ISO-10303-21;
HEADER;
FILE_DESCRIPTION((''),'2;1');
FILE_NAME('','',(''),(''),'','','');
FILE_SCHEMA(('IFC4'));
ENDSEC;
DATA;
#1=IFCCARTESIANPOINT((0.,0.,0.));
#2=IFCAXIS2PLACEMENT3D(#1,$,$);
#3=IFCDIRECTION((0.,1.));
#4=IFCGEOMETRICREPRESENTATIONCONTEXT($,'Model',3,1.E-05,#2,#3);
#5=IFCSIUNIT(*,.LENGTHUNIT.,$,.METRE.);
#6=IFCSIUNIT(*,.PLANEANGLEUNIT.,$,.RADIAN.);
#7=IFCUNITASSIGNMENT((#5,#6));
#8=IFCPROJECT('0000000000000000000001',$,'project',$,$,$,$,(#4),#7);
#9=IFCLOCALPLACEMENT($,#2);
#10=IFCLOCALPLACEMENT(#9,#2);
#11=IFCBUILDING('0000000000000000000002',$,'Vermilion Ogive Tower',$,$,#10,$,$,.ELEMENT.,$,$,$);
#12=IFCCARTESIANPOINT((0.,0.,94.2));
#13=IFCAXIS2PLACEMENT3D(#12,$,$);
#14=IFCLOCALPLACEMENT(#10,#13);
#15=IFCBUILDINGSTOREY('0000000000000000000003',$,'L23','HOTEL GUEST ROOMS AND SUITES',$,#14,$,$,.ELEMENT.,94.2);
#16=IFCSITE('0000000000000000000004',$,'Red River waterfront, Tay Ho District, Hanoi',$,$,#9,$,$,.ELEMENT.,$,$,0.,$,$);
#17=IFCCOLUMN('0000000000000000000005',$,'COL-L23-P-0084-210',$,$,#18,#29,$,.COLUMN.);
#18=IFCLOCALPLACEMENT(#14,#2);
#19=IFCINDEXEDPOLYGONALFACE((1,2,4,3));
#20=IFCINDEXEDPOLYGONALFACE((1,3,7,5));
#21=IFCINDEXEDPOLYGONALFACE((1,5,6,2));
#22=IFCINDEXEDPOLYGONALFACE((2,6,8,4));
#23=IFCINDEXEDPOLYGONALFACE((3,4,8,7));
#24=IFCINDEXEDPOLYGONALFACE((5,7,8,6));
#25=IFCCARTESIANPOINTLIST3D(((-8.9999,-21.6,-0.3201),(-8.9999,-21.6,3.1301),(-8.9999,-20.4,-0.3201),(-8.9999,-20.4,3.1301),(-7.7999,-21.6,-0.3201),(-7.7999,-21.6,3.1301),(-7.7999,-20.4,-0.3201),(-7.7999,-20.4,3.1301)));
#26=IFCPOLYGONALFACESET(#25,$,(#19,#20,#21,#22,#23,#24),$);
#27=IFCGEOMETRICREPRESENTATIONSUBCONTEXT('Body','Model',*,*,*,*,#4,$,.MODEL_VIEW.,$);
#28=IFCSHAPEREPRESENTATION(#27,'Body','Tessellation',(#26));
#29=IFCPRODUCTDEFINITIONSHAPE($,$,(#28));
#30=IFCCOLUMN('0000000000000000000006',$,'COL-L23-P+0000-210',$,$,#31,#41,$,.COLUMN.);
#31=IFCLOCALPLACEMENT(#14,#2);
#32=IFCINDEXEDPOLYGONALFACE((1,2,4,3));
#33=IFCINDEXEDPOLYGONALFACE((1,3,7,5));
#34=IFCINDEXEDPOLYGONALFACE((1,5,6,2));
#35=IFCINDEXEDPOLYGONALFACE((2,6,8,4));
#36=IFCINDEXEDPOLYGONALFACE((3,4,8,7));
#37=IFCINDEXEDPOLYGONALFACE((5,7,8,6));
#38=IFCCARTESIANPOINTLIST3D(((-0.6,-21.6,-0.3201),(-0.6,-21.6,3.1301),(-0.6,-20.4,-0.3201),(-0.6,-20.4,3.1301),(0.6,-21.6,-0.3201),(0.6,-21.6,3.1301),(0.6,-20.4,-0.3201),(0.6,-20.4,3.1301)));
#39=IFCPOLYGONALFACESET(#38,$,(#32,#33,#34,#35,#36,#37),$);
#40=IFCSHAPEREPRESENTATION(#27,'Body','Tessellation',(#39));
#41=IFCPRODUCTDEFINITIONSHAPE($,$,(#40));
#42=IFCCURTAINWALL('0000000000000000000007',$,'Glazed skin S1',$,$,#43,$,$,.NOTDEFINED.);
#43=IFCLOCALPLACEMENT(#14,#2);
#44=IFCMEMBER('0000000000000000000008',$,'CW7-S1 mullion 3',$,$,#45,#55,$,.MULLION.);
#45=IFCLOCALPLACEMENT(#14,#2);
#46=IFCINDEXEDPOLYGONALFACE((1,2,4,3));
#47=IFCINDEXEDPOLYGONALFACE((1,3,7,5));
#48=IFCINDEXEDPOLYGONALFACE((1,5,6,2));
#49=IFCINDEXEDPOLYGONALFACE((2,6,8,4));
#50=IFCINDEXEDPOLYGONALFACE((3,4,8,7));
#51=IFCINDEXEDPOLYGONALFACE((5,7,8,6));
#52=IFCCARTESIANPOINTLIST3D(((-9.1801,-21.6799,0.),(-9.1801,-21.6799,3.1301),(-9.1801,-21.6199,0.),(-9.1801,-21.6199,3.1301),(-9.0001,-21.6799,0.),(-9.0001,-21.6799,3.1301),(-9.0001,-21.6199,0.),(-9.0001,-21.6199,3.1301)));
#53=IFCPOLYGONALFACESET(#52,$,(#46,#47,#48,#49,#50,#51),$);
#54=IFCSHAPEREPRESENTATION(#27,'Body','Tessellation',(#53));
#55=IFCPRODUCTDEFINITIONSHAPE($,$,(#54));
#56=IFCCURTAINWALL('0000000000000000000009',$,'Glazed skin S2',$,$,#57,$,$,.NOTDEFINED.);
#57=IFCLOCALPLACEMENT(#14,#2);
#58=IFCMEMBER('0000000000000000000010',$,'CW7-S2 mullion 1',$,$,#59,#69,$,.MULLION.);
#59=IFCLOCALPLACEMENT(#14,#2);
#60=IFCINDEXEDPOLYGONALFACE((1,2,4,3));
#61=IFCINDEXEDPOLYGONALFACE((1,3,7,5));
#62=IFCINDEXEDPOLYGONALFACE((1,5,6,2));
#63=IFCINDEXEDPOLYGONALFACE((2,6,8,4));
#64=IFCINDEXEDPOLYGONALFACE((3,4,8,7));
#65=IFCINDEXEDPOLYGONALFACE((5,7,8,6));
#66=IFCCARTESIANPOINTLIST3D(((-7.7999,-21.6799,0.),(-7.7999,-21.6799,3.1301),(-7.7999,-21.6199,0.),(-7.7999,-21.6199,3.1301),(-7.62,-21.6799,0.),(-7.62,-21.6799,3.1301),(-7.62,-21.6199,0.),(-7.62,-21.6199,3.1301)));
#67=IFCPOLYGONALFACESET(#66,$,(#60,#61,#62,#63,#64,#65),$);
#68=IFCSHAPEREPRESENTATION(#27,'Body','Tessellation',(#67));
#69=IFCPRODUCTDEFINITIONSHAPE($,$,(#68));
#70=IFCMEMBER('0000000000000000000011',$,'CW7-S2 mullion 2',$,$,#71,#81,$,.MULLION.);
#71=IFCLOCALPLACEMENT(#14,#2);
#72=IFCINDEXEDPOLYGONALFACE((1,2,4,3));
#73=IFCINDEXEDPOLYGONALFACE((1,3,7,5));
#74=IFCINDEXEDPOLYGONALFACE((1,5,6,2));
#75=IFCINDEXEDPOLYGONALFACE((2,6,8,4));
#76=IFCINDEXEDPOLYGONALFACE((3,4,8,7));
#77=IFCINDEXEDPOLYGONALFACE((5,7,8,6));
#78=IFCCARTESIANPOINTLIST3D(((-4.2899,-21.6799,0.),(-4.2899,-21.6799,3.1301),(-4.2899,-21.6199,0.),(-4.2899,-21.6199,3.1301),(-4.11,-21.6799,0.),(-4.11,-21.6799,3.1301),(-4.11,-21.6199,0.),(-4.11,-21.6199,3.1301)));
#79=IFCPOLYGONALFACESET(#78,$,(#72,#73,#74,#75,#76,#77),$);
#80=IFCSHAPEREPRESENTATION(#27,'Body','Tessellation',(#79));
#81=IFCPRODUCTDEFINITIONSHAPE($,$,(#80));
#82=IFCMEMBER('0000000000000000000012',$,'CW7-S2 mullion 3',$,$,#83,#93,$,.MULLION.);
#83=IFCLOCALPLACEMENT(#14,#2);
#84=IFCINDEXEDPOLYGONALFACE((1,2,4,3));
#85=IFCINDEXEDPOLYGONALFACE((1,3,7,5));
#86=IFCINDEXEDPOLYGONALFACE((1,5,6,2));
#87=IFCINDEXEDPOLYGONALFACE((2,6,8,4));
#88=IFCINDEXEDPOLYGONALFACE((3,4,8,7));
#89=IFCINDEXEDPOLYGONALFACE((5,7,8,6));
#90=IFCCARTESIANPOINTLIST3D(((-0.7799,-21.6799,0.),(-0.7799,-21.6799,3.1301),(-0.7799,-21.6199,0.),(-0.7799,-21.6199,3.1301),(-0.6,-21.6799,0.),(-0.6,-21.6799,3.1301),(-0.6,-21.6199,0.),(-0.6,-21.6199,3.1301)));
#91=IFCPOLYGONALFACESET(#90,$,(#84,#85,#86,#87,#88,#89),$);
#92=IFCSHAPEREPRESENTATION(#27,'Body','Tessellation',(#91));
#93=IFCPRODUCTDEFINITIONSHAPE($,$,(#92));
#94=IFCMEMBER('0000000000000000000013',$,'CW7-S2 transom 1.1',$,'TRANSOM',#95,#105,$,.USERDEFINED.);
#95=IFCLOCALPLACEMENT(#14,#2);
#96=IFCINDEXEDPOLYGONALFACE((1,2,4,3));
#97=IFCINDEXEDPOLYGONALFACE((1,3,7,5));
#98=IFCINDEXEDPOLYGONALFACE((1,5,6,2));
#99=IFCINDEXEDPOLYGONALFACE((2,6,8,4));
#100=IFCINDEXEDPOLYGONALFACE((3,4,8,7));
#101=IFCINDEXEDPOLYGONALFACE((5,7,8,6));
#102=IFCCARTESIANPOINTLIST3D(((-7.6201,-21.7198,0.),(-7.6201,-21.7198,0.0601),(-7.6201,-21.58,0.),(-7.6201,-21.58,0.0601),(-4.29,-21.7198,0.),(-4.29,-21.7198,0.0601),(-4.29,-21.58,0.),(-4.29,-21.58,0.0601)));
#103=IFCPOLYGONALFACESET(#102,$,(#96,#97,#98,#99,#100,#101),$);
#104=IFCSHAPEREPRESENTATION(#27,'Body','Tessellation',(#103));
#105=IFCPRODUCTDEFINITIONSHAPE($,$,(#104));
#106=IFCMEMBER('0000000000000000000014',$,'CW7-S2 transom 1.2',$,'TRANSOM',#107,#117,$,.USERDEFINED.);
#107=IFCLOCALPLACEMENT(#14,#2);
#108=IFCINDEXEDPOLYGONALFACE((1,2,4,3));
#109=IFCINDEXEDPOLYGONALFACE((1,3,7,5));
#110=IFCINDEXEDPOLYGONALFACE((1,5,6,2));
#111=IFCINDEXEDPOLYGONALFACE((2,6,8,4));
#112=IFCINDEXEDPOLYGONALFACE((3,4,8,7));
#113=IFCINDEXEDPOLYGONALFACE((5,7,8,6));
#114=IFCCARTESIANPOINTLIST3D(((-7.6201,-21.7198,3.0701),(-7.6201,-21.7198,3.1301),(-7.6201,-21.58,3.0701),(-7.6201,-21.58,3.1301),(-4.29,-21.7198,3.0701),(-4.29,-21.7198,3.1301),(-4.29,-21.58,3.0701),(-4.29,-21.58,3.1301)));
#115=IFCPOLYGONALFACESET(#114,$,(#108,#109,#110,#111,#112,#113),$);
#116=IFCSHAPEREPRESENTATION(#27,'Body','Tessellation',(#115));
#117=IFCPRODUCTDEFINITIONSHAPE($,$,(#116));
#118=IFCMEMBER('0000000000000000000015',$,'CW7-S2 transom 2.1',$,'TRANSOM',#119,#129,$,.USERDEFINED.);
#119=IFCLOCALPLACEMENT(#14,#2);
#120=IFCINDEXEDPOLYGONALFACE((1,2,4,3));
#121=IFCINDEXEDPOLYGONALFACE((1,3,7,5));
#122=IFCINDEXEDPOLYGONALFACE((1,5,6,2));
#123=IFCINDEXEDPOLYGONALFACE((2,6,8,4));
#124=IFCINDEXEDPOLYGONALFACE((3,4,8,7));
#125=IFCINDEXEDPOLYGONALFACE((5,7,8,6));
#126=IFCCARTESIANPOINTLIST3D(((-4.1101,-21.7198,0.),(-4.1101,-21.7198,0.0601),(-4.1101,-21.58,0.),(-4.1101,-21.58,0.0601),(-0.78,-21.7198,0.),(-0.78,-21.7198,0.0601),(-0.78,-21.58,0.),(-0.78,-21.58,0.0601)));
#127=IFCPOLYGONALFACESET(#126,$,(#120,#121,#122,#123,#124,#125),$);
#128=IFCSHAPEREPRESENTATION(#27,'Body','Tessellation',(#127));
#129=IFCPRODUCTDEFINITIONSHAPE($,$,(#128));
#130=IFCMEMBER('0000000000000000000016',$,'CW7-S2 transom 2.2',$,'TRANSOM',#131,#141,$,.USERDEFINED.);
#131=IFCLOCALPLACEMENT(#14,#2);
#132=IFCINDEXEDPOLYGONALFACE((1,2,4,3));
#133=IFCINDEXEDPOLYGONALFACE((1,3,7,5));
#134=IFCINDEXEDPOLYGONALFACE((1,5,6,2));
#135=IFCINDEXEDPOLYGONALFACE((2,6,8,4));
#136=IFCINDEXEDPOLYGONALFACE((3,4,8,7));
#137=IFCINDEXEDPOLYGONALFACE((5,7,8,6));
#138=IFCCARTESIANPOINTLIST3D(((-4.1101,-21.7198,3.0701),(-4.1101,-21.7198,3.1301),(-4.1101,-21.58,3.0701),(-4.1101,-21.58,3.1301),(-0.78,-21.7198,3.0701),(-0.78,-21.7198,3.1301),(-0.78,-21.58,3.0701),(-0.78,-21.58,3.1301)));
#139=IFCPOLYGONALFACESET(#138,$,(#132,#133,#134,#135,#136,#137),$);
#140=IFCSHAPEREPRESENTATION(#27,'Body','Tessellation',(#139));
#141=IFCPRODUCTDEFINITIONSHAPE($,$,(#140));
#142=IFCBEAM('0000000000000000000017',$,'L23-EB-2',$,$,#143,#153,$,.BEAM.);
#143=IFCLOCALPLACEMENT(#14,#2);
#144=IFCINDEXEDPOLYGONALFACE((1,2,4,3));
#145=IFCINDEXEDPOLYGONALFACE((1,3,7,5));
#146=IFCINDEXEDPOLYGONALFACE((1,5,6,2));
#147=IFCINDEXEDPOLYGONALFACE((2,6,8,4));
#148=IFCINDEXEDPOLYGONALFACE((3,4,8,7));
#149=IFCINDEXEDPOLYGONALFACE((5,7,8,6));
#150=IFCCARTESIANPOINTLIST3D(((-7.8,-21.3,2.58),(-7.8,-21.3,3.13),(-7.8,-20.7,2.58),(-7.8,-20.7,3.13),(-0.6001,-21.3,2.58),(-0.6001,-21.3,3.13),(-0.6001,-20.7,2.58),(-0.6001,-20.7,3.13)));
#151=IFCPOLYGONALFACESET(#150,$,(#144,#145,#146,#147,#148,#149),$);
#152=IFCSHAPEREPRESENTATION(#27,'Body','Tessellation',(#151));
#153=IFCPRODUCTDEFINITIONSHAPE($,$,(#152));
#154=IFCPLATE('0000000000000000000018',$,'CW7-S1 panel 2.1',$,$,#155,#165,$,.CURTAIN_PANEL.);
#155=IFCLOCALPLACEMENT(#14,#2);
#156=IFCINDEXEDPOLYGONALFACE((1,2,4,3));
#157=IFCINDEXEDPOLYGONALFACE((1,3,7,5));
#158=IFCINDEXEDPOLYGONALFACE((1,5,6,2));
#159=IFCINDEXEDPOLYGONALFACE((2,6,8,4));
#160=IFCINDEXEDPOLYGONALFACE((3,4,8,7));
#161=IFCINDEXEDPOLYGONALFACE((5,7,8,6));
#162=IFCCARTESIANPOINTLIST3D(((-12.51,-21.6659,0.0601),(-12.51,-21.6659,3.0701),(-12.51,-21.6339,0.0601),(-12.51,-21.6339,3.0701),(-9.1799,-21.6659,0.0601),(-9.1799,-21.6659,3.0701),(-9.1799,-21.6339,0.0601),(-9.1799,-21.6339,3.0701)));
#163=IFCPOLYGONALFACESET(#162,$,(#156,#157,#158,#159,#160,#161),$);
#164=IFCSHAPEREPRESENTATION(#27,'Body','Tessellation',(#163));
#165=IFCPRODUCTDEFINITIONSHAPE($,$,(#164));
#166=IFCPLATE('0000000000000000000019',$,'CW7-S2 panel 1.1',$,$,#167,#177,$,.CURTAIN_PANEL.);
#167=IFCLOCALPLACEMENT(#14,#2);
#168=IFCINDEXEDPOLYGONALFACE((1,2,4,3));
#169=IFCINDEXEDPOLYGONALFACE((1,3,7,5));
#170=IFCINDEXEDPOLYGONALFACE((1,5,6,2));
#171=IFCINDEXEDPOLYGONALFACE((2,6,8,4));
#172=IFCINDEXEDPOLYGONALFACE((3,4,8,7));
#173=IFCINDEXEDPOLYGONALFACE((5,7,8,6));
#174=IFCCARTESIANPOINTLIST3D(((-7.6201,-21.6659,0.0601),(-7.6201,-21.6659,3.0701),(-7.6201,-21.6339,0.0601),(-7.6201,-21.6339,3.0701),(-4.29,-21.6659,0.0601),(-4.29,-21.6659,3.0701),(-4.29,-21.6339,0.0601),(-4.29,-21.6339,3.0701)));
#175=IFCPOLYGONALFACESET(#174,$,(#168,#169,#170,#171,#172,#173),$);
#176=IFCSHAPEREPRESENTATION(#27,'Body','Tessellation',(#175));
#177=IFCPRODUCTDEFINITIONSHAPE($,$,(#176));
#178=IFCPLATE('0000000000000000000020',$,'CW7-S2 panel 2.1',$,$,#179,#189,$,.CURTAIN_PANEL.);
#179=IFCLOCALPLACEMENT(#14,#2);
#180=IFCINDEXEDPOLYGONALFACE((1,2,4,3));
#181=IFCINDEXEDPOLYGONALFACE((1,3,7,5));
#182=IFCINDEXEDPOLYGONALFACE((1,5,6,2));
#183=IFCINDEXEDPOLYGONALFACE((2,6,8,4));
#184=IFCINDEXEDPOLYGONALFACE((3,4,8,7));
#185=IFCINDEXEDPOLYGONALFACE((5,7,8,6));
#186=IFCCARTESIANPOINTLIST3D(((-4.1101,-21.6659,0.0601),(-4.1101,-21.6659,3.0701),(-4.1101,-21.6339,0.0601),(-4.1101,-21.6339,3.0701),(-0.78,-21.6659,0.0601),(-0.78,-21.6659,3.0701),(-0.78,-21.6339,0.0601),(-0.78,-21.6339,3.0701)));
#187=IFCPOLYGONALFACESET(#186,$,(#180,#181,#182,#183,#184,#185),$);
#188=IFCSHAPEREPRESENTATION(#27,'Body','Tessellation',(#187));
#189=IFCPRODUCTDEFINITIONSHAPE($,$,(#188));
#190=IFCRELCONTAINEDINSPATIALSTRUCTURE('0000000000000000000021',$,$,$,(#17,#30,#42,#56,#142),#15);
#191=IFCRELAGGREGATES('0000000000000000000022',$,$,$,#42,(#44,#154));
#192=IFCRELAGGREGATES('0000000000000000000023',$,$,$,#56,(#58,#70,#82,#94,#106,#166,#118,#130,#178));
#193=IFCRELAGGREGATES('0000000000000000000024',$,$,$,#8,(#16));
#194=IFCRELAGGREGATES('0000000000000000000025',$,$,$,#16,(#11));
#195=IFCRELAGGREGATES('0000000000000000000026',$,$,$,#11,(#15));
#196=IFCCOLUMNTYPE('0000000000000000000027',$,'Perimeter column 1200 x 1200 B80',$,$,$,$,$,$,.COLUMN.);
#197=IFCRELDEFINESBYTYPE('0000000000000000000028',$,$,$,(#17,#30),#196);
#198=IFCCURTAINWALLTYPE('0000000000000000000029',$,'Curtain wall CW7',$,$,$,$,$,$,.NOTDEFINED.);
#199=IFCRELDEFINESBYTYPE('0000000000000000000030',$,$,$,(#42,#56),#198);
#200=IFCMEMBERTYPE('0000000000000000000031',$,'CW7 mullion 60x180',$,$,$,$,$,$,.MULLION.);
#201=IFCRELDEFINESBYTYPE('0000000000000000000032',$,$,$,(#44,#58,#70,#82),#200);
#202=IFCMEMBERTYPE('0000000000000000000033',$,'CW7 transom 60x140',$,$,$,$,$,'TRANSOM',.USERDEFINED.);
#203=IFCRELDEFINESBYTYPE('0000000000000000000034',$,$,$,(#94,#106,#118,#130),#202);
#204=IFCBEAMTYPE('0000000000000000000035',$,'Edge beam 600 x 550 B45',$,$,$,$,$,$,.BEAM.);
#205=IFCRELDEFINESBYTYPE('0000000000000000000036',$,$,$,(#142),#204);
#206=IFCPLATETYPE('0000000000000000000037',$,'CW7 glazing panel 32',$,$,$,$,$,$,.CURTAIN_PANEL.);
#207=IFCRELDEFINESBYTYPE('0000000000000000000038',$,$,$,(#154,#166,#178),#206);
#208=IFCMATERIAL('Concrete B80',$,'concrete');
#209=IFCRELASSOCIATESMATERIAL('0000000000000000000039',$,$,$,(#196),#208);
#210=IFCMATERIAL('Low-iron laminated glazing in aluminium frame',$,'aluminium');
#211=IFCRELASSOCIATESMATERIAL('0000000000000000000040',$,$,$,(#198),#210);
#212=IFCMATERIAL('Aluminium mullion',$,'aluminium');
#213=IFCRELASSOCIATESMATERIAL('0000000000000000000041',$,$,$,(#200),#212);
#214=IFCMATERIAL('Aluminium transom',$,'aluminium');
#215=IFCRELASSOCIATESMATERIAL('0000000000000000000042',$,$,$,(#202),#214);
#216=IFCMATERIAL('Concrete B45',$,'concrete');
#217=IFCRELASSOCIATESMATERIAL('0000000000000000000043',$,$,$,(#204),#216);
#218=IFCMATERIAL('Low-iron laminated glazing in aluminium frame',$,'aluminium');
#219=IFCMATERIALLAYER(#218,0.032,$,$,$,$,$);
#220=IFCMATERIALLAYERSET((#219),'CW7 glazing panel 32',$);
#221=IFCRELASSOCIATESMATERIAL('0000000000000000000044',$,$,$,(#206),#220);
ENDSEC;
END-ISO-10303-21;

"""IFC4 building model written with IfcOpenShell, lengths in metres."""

from ifc_helpers import new_model, si_unit, direction, frame, origin, origin_2d, place, context, subcontext, project, spatial, rectangle, extrude, material, layer, layer_set, material_profile, profile_set, type_object, element, aggregate, save


model = new_model("IFC4")

# Units and contexts
model_context = context("Model", 3, precision=1e-05, world=origin(), true_north=direction((0.0, 1.0)))
body_context = subcontext(model_context, "Body", "Model", "MODEL_VIEW")
ifc_project = project(units=[si_unit("LENGTHUNIT", "METRE"), si_unit("PLANEANGLEUNIT", "RADIAN")], contexts=[model_context])

# Site, building, storey
site_placement = place(None, origin())
site = spatial("IfcSite", under=ifc_project, at=site_placement, Name="Red River waterfront, Tay Ho District, Hanoi", CompositionType="ELEMENT", RefElevation=0.0)
building_placement = place(site_placement, origin())
building = spatial("IfcBuilding", under=site, at=building_placement, Name="Vermilion Ogive Tower", CompositionType="ELEMENT")
storey_placement = place(building_placement, frame((0.0, 0.0, 94.2)))
storey = spatial("IfcBuildingStorey", under=building, at=storey_placement, Name="L23", Description="HOTEL GUEST ROOMS AND SUITES", CompositionType="ELEMENT", Elevation=94.2)

# Columns
ifc_material_1 = material(Name="Concrete B80", Category="concrete")
ifc_material_profile_1 = material_profile(ifc_material_1, rectangle(XDim=1.2, YDim=1.2, at=origin_2d()), Name="1200 x 1200")
ifc_profile_set_1 = profile_set([ifc_material_profile_1], Name="Concrete B80")
column_type = type_object("IfcColumnType", Name="Perimeter column 1200 x 1200 B80", PredefinedType="COLUMN", material=ifc_profile_set_1)
for number, where, z_axis, x_axis, name in (
    (1, (-8.3999, -21.0, -0.3201), (0.0, 0.0, 1.0), (1.0, 0.0, 0.0), "COL-L23-P-0084-210"),
    (2, (0.0, -21.0, -0.3201), (0.0, 0.0, 1.0), (1.0, 0.0, 0.0), "COL-L23-P+0000-210"),
):
    element("IfcColumn", number, at=place(storey_placement, frame(where, z_axis=z_axis, x_axis=x_axis)), inside=storey, type_object=column_type, Name=name, PredefinedType="COLUMN", context=body_context, shape_type="SweptSolid", body=[
        extrude(rectangle(XDim=1.2, YDim=1.2, at=origin_2d()), origin(), (0.0, 0.0, 1.0), 3.4502),
    ])

# Curtain wall, member
ifc_material_2 = material(Name="Low-iron laminated glazing in aluminium frame", Category="aluminium")
curtain_wall_type = type_object("IfcCurtainWallType", Name="Curtain wall CW7", PredefinedType="NOTDEFINED", material=ifc_material_2)
curtain_wall_1_placement = place(storey_placement, origin())
curtain_wall_1 = element("IfcCurtainWall", 3, at=curtain_wall_1_placement, inside=storey, type_object=curtain_wall_type, Name="Glazed skin S1", PredefinedType="NOTDEFINED")
ifc_material_3 = material(Name="Aluminium mullion", Category="aluminium")
ifc_material_profile_2 = material_profile(ifc_material_3, rectangle(XDim=0.0601, YDim=0.1799, at=origin_2d()), Name="AL 60x180")
ifc_profile_set_2 = profile_set([ifc_material_profile_2], Name="Aluminium mullion")
member_type_1 = type_object("IfcMemberType", Name="CW7 mullion 60x180", PredefinedType="MULLION", material=ifc_profile_set_2)
member_1_placement = place(storey_placement, frame((-9.0901, -21.6499, 0.0), z_axis=(0.0, 0.0, 1.0), x_axis=(0.0, 1.0, 0.0)))
member_1 = element("IfcMember", 4, at=member_1_placement, type_object=member_type_1, Name="CW7-S1 mullion 3", PredefinedType="MULLION", context=body_context, shape_type="SweptSolid", body=[
    extrude(rectangle(XDim=0.0601, YDim=0.1799, at=origin_2d()), origin(), (0.0, 0.0, 1.0), 3.1301),
])

# Curtain wall, members
curtain_wall_2_placement = place(storey_placement, origin())
curtain_wall_2 = element("IfcCurtainWall", 5, at=curtain_wall_2_placement, inside=storey, type_object=curtain_wall_type, Name="Glazed skin S2", PredefinedType="NOTDEFINED")
member_2_placement = place(storey_placement, frame((-7.71, -21.6499, 0.0), z_axis=(0.0, 0.0, 1.0), x_axis=(0.0, 1.0, 0.0)))
member_2 = element("IfcMember", 6, at=member_2_placement, type_object=member_type_1, Name="CW7-S2 mullion 1", PredefinedType="MULLION", context=body_context, shape_type="SweptSolid", body=[
    extrude(rectangle(XDim=0.0601, YDim=0.1799, at=origin_2d()), origin(), (0.0, 0.0, 1.0), 3.1301),
])
member_3_placement = place(storey_placement, frame((-4.2, -21.6499, 0.0), z_axis=(0.0, 0.0, 1.0), x_axis=(0.0, 1.0, 0.0)))
member_3 = element("IfcMember", 7, at=member_3_placement, type_object=member_type_1, Name="CW7-S2 mullion 2", PredefinedType="MULLION", context=body_context, shape_type="SweptSolid", body=[
    extrude(rectangle(XDim=0.0601, YDim=0.1799, at=origin_2d()), origin(), (0.0, 0.0, 1.0), 3.1301),
])
member_4_placement = place(storey_placement, frame((-0.6899, -21.6499, 0.0), z_axis=(0.0, 0.0, 1.0), x_axis=(0.0, 1.0, 0.0)))
member_4 = element("IfcMember", 8, at=member_4_placement, type_object=member_type_1, Name="CW7-S2 mullion 3", PredefinedType="MULLION", context=body_context, shape_type="SweptSolid", body=[
    extrude(rectangle(XDim=0.0601, YDim=0.1799, at=origin_2d()), origin(), (0.0, 0.0, 1.0), 3.1301),
])
ifc_material_4 = material(Name="Aluminium transom", Category="aluminium")
ifc_material_profile_3 = material_profile(ifc_material_4, rectangle(XDim=0.1399, YDim=0.0601, at=origin_2d()), Name="AL 60x140")
ifc_profile_set_3 = profile_set([ifc_material_profile_3], Name="Aluminium transom")
member_type_2 = type_object("IfcMemberType", Name="CW7 transom 60x140", ElementType="TRANSOM", PredefinedType="USERDEFINED", material=ifc_profile_set_3)
member_5_placement = place(storey_placement, frame((-7.6201, -21.6499, 0.03), z_axis=(1.0, 0.0, 0.0), x_axis=(0.0, 1.0, 0.0)))
member_5 = element("IfcMember", 9, at=member_5_placement, type_object=member_type_2, Name="CW7-S2 transom 1.1", ObjectType="TRANSOM", PredefinedType="USERDEFINED", context=body_context, shape_type="SweptSolid", body=[
    extrude(rectangle(XDim=0.1399, YDim=0.0601, at=origin_2d()), origin(), (0.0, 0.0, 1.0), 3.3301),
])
member_6_placement = place(storey_placement, frame((-7.6201, -21.6499, 3.1001), z_axis=(1.0, 0.0, 0.0), x_axis=(0.0, 1.0, 0.0)))
member_6 = element("IfcMember", 10, at=member_6_placement, type_object=member_type_2, Name="CW7-S2 transom 1.2", ObjectType="TRANSOM", PredefinedType="USERDEFINED", context=body_context, shape_type="SweptSolid", body=[
    extrude(rectangle(XDim=0.1399, YDim=0.0601, at=origin_2d()), origin(), (0.0, 0.0, 1.0), 3.3301),
])
member_7_placement = place(storey_placement, frame((-4.1101, -21.6499, 0.03), z_axis=(1.0, 0.0, 0.0), x_axis=(0.0, 1.0, 0.0)))
member_7 = element("IfcMember", 11, at=member_7_placement, type_object=member_type_2, Name="CW7-S2 transom 2.1", ObjectType="TRANSOM", PredefinedType="USERDEFINED", context=body_context, shape_type="SweptSolid", body=[
    extrude(rectangle(XDim=0.1399, YDim=0.0601, at=origin_2d()), origin(), (0.0, 0.0, 1.0), 3.3301),
])
member_8_placement = place(storey_placement, frame((-4.1101, -21.6499, 3.1001), z_axis=(1.0, 0.0, 0.0), x_axis=(0.0, 1.0, 0.0)))
member_8 = element("IfcMember", 12, at=member_8_placement, type_object=member_type_2, Name="CW7-S2 transom 2.2", ObjectType="TRANSOM", PredefinedType="USERDEFINED", context=body_context, shape_type="SweptSolid", body=[
    extrude(rectangle(XDim=0.1399, YDim=0.0601, at=origin_2d()), origin(), (0.0, 0.0, 1.0), 3.3301),
])

# Beam
ifc_material_5 = material(Name="Concrete B45", Category="concrete")
ifc_material_profile_4 = material_profile(ifc_material_5, rectangle(XDim=0.6001, YDim=0.55, at=origin_2d()), Name="600 x 550")
ifc_profile_set_4 = profile_set([ifc_material_profile_4], Name="Concrete B45")
beam_type = type_object("IfcBeamType", Name="Edge beam 600 x 550 B45", PredefinedType="BEAM", material=ifc_profile_set_4)
beam_placement = place(storey_placement, frame((-7.8, -21.0, 2.855), z_axis=(1.0, 0.0, 0.0), x_axis=(0.0, 1.0, 0.0)))
element("IfcBeam", 13, at=beam_placement, inside=storey, type_object=beam_type, Name="L23-EB-2", PredefinedType="BEAM", context=body_context, shape_type="SweptSolid", body=[
    extrude(rectangle(XDim=0.6001, YDim=0.55, at=origin_2d()), origin(), (0.0, 0.0, 1.0), 7.2),
])

# Plates
ifc_material_6 = material(Name="Low-iron laminated glazing in aluminium frame", Category="aluminium")
ifc_layer_1 = layer(ifc_material_6, 0.032)
ifc_layer_set_1 = layer_set([ifc_layer_1], Name="CW7 glazing panel 32")
plate_type = type_object("IfcPlateType", Name="CW7 glazing panel 32", PredefinedType="CURTAIN_PANEL", material=ifc_layer_set_1)
plate_1_placement = place(storey_placement, frame((-10.845, -21.6499, 0.0601), z_axis=(0.0, 0.0, 1.0), x_axis=(1.0, 0.0, 0.0)))
plate_1 = element("IfcPlate", 14, at=plate_1_placement, type_object=plate_type, Name="CW7-S1 panel 2.1", PredefinedType="CURTAIN_PANEL", context=body_context, shape_type="SweptSolid", body=[
    extrude(rectangle(XDim=3.3301, YDim=0.032, at=origin_2d()), origin(), (0.0, 0.0, 1.0), 3.01),
])
aggregate(curtain_wall_1, [member_1, plate_1])
plate_2_placement = place(storey_placement, frame((-5.9551, -21.6499, 0.0601), z_axis=(0.0, 0.0, 1.0), x_axis=(1.0, 0.0, 0.0)))
plate_2 = element("IfcPlate", 15, at=plate_2_placement, type_object=plate_type, Name="CW7-S2 panel 1.1", PredefinedType="CURTAIN_PANEL", context=body_context, shape_type="SweptSolid", body=[
    extrude(rectangle(XDim=3.3301, YDim=0.032, at=origin_2d()), origin(), (0.0, 0.0, 1.0), 3.01),
])
plate_3_placement = place(storey_placement, frame((-2.4451, -21.6499, 0.0601), z_axis=(0.0, 0.0, 1.0), x_axis=(1.0, 0.0, 0.0)))
plate_3 = element("IfcPlate", 16, at=plate_3_placement, type_object=plate_type, Name="CW7-S2 panel 2.1", PredefinedType="CURTAIN_PANEL", context=body_context, shape_type="SweptSolid", body=[
    extrude(rectangle(XDim=3.3301, YDim=0.032, at=origin_2d()), origin(), (0.0, 0.0, 1.0), 3.01),
])
aggregate(curtain_wall_2, [member_2, member_3, member_4, member_5, member_6, plate_2, member_7, member_8, plate_3])

save(model, "model.ifc")
